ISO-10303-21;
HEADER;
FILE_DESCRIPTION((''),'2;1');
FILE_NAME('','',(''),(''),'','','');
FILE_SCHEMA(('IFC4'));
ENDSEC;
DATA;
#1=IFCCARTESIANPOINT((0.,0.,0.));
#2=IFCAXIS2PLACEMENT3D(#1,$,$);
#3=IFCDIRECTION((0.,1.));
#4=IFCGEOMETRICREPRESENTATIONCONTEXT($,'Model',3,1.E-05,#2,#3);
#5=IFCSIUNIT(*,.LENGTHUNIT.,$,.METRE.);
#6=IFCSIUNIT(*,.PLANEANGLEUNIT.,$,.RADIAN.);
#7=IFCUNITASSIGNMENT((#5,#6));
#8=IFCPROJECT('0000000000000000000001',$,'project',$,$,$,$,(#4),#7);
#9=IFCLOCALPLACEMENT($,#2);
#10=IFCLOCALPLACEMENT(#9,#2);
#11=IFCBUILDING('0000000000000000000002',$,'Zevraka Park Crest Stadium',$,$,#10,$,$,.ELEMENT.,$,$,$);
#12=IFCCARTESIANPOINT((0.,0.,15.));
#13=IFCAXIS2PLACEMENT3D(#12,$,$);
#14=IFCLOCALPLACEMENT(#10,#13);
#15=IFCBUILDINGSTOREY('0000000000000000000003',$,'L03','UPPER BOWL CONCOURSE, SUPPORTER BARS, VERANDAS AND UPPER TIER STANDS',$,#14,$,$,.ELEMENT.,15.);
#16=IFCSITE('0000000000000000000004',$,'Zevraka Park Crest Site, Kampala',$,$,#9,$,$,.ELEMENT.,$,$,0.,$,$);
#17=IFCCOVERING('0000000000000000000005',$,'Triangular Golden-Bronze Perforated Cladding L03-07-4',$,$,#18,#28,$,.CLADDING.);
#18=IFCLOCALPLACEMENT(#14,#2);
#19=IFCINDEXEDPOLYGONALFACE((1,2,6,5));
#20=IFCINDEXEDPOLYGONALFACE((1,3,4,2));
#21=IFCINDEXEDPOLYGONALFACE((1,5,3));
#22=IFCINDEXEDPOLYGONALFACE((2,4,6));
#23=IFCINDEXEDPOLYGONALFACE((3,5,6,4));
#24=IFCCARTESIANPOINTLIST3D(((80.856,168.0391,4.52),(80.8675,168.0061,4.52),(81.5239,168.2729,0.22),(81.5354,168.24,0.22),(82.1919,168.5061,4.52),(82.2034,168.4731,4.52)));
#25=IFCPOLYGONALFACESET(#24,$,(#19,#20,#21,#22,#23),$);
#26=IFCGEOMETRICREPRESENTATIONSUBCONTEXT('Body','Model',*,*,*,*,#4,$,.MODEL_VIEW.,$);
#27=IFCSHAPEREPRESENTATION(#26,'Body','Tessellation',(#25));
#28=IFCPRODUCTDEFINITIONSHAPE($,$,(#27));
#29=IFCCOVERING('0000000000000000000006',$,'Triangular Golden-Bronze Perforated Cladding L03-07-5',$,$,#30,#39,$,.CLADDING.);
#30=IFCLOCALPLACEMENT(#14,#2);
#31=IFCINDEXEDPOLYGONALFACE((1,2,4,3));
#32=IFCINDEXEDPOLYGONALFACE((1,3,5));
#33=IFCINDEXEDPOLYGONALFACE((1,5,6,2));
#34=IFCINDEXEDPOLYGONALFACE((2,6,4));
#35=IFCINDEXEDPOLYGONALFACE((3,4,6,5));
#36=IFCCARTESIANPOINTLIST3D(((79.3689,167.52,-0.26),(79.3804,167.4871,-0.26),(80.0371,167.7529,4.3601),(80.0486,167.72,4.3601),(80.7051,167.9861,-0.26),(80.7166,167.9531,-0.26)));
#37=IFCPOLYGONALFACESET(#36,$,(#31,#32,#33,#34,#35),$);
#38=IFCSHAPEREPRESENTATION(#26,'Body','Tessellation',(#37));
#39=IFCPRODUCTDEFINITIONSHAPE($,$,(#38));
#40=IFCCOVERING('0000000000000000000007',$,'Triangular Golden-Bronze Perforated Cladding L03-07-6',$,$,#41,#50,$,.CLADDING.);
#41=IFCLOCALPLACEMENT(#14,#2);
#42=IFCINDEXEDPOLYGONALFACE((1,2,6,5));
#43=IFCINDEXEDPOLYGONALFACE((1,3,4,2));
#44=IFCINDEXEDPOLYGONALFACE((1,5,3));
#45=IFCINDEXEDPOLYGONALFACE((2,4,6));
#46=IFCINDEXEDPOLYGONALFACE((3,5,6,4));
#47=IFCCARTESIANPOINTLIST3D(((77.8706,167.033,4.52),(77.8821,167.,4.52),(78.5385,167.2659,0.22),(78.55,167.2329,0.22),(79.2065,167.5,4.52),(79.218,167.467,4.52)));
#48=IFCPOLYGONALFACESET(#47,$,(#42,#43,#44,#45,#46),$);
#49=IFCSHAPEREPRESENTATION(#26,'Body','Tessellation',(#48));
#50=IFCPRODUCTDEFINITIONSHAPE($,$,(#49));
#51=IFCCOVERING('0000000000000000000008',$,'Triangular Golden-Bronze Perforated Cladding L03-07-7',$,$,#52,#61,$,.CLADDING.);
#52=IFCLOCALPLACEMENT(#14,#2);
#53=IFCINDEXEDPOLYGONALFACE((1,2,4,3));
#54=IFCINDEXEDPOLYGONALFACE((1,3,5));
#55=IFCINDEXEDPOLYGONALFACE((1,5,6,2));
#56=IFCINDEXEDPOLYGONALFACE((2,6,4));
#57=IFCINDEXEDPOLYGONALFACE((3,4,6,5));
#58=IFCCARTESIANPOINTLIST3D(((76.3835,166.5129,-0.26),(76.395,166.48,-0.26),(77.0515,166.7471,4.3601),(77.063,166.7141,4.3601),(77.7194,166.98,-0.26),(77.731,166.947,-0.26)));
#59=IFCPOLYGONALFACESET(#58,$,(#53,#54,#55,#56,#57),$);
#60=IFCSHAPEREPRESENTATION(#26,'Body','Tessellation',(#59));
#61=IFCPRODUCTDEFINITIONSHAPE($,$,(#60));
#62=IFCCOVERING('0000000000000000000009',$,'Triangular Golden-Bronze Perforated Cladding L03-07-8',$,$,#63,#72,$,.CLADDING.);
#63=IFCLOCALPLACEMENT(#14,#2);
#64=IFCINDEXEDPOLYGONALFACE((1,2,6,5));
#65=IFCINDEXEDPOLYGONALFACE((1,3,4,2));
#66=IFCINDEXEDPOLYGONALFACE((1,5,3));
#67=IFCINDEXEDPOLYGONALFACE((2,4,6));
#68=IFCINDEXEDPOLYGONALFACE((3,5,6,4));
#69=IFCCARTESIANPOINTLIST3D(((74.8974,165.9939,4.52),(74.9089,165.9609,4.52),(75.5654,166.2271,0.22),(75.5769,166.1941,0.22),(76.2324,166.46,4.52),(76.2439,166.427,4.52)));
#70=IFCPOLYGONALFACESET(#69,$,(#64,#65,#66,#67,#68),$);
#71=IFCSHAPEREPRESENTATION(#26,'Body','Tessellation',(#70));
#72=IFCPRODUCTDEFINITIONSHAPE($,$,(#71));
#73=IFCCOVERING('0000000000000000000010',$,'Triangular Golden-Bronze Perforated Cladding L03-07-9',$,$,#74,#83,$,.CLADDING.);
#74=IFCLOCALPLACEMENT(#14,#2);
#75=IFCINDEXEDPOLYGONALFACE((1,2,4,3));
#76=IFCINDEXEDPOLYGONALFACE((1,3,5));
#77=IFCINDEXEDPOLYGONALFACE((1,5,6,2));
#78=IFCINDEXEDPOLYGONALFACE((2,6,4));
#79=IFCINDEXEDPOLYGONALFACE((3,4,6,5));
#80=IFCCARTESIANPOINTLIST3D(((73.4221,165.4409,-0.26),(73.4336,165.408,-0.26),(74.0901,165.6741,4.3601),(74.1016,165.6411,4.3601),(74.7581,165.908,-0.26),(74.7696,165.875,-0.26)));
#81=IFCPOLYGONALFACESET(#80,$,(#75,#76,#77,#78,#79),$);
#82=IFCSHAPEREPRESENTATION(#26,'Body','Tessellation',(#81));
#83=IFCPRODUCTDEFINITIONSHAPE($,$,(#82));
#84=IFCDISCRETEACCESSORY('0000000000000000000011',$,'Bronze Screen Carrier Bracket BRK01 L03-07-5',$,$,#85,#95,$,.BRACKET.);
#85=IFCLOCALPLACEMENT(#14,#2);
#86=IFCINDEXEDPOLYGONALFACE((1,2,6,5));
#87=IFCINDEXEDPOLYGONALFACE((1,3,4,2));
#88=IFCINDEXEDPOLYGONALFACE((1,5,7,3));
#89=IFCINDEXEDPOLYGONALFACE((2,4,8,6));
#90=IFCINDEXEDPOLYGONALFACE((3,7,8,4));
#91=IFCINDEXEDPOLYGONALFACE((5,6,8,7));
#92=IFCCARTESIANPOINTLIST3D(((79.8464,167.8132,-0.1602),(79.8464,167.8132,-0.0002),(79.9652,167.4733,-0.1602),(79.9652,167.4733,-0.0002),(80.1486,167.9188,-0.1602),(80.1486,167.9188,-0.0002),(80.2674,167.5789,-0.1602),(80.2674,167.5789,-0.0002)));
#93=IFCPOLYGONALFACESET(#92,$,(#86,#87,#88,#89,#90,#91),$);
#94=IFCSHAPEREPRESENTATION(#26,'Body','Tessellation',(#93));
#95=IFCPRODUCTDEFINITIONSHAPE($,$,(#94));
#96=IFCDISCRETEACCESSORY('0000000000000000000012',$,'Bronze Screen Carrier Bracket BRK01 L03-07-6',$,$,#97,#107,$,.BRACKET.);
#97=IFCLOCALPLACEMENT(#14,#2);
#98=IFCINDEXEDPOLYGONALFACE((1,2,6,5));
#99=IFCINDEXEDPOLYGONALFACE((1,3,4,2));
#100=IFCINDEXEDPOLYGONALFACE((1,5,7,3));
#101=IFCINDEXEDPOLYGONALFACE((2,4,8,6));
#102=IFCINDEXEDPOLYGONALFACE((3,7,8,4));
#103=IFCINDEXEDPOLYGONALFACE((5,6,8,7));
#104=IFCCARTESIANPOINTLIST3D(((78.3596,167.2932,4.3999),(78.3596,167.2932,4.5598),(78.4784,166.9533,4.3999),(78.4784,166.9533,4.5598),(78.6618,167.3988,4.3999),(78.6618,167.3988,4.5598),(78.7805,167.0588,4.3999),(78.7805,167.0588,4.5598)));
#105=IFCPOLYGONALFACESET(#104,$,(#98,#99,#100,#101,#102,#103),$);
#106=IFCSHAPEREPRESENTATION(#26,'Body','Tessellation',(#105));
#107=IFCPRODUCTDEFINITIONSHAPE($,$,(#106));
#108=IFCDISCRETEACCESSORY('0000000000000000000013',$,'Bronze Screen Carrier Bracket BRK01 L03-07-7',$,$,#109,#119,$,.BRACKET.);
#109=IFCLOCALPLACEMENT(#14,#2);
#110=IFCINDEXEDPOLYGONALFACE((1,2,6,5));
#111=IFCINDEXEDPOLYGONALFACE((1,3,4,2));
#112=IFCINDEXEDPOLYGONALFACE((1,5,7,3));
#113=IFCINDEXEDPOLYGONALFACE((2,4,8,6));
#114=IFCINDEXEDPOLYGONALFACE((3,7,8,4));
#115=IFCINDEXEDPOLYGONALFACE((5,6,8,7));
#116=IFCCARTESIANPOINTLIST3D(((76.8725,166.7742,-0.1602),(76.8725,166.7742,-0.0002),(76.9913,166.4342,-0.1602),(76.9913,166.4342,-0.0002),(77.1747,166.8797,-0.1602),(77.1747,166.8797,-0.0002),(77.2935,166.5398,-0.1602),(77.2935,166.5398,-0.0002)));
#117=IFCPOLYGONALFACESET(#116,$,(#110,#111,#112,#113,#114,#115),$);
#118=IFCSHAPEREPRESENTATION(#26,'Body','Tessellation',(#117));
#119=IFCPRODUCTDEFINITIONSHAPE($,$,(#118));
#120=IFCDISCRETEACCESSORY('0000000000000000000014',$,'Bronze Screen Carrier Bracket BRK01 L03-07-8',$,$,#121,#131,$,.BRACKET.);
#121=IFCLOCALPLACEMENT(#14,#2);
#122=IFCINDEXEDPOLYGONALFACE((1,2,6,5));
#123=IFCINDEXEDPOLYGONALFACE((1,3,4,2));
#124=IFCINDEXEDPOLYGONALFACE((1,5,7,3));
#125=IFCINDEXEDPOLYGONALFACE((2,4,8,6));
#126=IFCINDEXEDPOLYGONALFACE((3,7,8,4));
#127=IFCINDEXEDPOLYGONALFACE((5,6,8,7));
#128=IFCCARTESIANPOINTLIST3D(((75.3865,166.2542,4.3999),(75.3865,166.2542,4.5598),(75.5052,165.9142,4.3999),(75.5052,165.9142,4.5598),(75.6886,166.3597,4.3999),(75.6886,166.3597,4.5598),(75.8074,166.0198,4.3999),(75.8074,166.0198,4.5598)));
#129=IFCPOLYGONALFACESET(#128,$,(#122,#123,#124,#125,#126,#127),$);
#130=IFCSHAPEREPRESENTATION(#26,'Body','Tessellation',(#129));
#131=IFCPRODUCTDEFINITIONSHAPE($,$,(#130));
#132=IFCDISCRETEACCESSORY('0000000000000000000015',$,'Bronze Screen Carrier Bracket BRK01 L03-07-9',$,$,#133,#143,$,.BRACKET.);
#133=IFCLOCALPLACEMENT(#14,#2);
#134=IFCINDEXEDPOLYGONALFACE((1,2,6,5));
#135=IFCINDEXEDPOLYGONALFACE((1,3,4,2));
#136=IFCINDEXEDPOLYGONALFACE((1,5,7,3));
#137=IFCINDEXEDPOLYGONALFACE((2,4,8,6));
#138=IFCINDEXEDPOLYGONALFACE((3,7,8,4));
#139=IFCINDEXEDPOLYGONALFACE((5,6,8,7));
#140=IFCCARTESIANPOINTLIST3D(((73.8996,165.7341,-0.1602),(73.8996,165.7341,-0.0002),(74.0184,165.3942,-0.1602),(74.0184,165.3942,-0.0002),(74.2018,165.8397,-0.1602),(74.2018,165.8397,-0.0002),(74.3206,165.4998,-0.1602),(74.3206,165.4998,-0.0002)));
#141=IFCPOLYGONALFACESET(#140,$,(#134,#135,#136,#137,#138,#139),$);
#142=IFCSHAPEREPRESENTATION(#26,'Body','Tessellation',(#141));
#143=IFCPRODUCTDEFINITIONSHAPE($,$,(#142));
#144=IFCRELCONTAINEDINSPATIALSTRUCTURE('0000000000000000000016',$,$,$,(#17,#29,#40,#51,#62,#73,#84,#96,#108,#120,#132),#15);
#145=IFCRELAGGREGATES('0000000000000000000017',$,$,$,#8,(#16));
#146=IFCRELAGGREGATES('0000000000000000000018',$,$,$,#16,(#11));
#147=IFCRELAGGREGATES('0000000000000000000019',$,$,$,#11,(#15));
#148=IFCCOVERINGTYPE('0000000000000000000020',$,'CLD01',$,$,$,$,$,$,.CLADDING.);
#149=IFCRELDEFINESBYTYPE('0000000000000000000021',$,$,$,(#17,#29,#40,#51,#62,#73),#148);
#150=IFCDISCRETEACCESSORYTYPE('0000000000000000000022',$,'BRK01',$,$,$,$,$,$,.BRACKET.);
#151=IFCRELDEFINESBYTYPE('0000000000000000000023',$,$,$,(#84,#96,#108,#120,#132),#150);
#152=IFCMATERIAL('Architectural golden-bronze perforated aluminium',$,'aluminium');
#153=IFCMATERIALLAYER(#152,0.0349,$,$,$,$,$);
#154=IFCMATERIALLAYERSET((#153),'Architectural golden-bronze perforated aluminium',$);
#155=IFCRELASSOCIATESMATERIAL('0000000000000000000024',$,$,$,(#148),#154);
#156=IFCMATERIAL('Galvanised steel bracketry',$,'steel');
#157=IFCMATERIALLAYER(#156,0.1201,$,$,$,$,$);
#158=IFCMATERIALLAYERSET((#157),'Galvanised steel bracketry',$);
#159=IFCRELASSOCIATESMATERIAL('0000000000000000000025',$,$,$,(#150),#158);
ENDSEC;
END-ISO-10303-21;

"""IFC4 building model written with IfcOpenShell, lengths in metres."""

from ifc_helpers import new_model, si_unit, direction, frame, origin, origin_2d, place, context, subcontext, project, spatial, polyline, rectangle, outline, extrude, material, layer, layer_set, type_object, element, save


model = new_model("IFC4")

# Units and contexts
model_context = context("Model", 3, precision=1e-05, world=origin(), true_north=direction((0.0, 1.0)))
body_context = subcontext(model_context, "Body", "Model", "MODEL_VIEW")
ifc_project = project(units=[si_unit("LENGTHUNIT", "METRE"), si_unit("PLANEANGLEUNIT", "RADIAN")], contexts=[model_context])

# Site, building, storey
site_placement = place(None, origin())
site = spatial("IfcSite", under=ifc_project, at=site_placement, Name="Zevraka Park Crest Site, Kampala", CompositionType="ELEMENT", RefElevation=0.0)
building_placement = place(site_placement, origin())
building = spatial("IfcBuilding", under=site, at=building_placement, Name="Zevraka Park Crest Stadium", CompositionType="ELEMENT")
storey_placement = place(building_placement, frame((0.0, 0.0, 15.0)))
storey = spatial("IfcBuildingStorey", under=building, at=storey_placement, Name="L03", Description="UPPER BOWL CONCOURSE, SUPPORTER BARS, VERANDAS AND UPPER TIER STANDS", CompositionType="ELEMENT", Elevation=15.0)

# Coverings
ifc_material_1 = material(Name="Architectural golden-bronze perforated aluminium", Category="aluminium")
ifc_layer_1 = layer(ifc_material_1, 0.0349)
ifc_layer_set_1 = layer_set([ifc_layer_1], Name="Architectural golden-bronze perforated aluminium")
covering_type = type_object("IfcCoveringType", Name="CLD01", PredefinedType="CLADDING", material=ifc_layer_set_1)
covering_1_placement = place(storey_placement, frame((80.856, 168.0391, 4.52), z_axis=(-0.330012, 0.943977, 0.00008), x_axis=(0.943977, 0.330012, 0.0)))
element("IfcCovering", 1, at=covering_1_placement, inside=storey, type_object=covering_type, Name="Triangular Golden-Bronze Perforated Cladding L03-07-4", PredefinedType="CLADDING", context=body_context, shape_type="SweptSolid", body=[
    extrude(outline(polyline([(0.0, 0.0), (1.4152, 0.0), (0.7077, 4.3), (0.0, 0.0)])), origin(), (0.0, 0.0, -1.0), 0.0349),
])
covering_2_placement = place(storey_placement, frame((80.7051, 167.9861, -0.26), z_axis=(-0.329344, 0.94421, 0.000034), x_axis=(-0.94421, -0.329344, 0.0)))
element("IfcCovering", 2, at=covering_2_placement, inside=storey, type_object=covering_type, Name="Triangular Golden-Bronze Perforated Cladding L03-07-5", PredefinedType="CLADDING", context=body_context, shape_type="SweptSolid", body=[
    extrude(outline(polyline([(0.0, 0.0), (1.4151, 0.0), (0.7075, 4.6201), (0.0, 0.0)])), origin(), (0.0, 0.0, -1.0), 0.0349),
])
covering_3_placement = place(storey_placement, frame((77.8821, 167.0, 4.52), z_axis=(0.330012, -0.943977, 0.000134), x_axis=(0.943977, 0.330012, 0.0)))
element("IfcCovering", 3, at=covering_3_placement, inside=storey, type_object=covering_type, Name="Triangular Golden-Bronze Perforated Cladding L03-07-6", PredefinedType="CLADDING", context=body_context, shape_type="SweptSolid", body=[
    extrude(outline(polyline([(0.0, 0.0), (1.4152, 0.0), (0.7074, -4.3), (0.0, 0.0)])), origin(), (0.0, 0.0, -1.0), 0.0349),
])
covering_4_placement = place(storey_placement, frame((77.731, 166.947, -0.26), z_axis=(0.330012, -0.943977, 0.000125), x_axis=(-0.943977, -0.330012, 0.0)))
element("IfcCovering", 4, at=covering_4_placement, inside=storey, type_object=covering_type, Name="Triangular Golden-Bronze Perforated Cladding L03-07-7", PredefinedType="CLADDING", context=body_context, shape_type="SweptSolid", body=[
    extrude(outline(polyline([(0.0, 0.0), (1.4152, 0.0), (0.7074, -4.6201), (0.0, 0.0)])), origin(), (0.0, 0.0, -1.0), 0.0349),
])
covering_5_placement = place(storey_placement, frame((74.9089, 165.9609, 4.52), z_axis=(0.329612, -0.944116, 0.000011), x_axis=(0.944116, 0.329612, 0.0)))
element("IfcCovering", 5, at=covering_5_placement, inside=storey, type_object=covering_type, Name="Triangular Golden-Bronze Perforated Cladding L03-07-8", PredefinedType="CLADDING", context=body_context, shape_type="SweptSolid", body=[
    extrude(outline(polyline([(0.0, 0.0), (1.414, 0.0), (0.7075, -4.3), (0.0, 0.0)])), origin(), (0.0, 0.0, -1.0), 0.0349),
])
covering_6_placement = place(storey_placement, frame((74.7581, 165.908, -0.26), z_axis=(-0.330012, 0.943977, 0.000075), x_axis=(-0.943977, -0.330012, 0.0)))
element("IfcCovering", 6, at=covering_6_placement, inside=storey, type_object=covering_type, Name="Triangular Golden-Bronze Perforated Cladding L03-07-9", PredefinedType="CLADDING", context=body_context, shape_type="SweptSolid", body=[
    extrude(outline(polyline([(0.0, 0.0), (1.4152, 0.0), (0.7077, 4.6201), (0.0, 0.0)])), origin(), (0.0, 0.0, -1.0), 0.0349),
])

# Discrete accessories
ifc_material_2 = material(Name="Galvanised steel bracketry", Category="steel")
ifc_layer_2 = layer(ifc_material_2, 0.1201)
ifc_layer_set_2 = layer_set([ifc_layer_2], Name="Galvanised steel bracketry")
discrete_accessory_type = type_object("IfcDiscreteAccessoryType", Name="BRK01", PredefinedType="BRACKET", material=ifc_layer_set_2)
for number, where, z_axis, x_axis, name in (
    (7, (80.0569, 167.696, -0.1602), (0.0, 0.0, 1.0), (-0.944031, -0.329855, 0.0), "Bronze Screen Carrier Bracket BRK01 L03-07-5"),
    (8, (78.5701, 167.176, 4.3999), (0.0, 0.0, 1.0), (-0.944031, -0.329855, 0.0), "Bronze Screen Carrier Bracket BRK01 L03-07-6"),
    (9, (77.083, 166.657, -0.1602), (0.0, 0.0, 1.0), (-0.944031, -0.329855, 0.0), "Bronze Screen Carrier Bracket BRK01 L03-07-7"),
    (10, (75.5969, 166.137, 4.3999), (0.0, 0.0, 1.0), (-0.944031, -0.329855, 0.0), "Bronze Screen Carrier Bracket BRK01 L03-07-8"),
    (11, (74.1101, 165.6169, -0.1602), (0.0, 0.0, 1.0), (-0.944031, -0.329855, 0.0), "Bronze Screen Carrier Bracket BRK01 L03-07-9"),
):
    element("IfcDiscreteAccessory", number, at=place(storey_placement, frame(where, z_axis=z_axis, x_axis=x_axis)), inside=storey, type_object=discrete_accessory_type, Name=name, PredefinedType="BRACKET", context=body_context, shape_type="SweptSolid", body=[
        extrude(rectangle(XDim=0.3201, YDim=0.3601, at=origin_2d()), origin(), (0.0, 0.0, 1.0), 0.1599),
    ])

save(model, "model.ifc")
